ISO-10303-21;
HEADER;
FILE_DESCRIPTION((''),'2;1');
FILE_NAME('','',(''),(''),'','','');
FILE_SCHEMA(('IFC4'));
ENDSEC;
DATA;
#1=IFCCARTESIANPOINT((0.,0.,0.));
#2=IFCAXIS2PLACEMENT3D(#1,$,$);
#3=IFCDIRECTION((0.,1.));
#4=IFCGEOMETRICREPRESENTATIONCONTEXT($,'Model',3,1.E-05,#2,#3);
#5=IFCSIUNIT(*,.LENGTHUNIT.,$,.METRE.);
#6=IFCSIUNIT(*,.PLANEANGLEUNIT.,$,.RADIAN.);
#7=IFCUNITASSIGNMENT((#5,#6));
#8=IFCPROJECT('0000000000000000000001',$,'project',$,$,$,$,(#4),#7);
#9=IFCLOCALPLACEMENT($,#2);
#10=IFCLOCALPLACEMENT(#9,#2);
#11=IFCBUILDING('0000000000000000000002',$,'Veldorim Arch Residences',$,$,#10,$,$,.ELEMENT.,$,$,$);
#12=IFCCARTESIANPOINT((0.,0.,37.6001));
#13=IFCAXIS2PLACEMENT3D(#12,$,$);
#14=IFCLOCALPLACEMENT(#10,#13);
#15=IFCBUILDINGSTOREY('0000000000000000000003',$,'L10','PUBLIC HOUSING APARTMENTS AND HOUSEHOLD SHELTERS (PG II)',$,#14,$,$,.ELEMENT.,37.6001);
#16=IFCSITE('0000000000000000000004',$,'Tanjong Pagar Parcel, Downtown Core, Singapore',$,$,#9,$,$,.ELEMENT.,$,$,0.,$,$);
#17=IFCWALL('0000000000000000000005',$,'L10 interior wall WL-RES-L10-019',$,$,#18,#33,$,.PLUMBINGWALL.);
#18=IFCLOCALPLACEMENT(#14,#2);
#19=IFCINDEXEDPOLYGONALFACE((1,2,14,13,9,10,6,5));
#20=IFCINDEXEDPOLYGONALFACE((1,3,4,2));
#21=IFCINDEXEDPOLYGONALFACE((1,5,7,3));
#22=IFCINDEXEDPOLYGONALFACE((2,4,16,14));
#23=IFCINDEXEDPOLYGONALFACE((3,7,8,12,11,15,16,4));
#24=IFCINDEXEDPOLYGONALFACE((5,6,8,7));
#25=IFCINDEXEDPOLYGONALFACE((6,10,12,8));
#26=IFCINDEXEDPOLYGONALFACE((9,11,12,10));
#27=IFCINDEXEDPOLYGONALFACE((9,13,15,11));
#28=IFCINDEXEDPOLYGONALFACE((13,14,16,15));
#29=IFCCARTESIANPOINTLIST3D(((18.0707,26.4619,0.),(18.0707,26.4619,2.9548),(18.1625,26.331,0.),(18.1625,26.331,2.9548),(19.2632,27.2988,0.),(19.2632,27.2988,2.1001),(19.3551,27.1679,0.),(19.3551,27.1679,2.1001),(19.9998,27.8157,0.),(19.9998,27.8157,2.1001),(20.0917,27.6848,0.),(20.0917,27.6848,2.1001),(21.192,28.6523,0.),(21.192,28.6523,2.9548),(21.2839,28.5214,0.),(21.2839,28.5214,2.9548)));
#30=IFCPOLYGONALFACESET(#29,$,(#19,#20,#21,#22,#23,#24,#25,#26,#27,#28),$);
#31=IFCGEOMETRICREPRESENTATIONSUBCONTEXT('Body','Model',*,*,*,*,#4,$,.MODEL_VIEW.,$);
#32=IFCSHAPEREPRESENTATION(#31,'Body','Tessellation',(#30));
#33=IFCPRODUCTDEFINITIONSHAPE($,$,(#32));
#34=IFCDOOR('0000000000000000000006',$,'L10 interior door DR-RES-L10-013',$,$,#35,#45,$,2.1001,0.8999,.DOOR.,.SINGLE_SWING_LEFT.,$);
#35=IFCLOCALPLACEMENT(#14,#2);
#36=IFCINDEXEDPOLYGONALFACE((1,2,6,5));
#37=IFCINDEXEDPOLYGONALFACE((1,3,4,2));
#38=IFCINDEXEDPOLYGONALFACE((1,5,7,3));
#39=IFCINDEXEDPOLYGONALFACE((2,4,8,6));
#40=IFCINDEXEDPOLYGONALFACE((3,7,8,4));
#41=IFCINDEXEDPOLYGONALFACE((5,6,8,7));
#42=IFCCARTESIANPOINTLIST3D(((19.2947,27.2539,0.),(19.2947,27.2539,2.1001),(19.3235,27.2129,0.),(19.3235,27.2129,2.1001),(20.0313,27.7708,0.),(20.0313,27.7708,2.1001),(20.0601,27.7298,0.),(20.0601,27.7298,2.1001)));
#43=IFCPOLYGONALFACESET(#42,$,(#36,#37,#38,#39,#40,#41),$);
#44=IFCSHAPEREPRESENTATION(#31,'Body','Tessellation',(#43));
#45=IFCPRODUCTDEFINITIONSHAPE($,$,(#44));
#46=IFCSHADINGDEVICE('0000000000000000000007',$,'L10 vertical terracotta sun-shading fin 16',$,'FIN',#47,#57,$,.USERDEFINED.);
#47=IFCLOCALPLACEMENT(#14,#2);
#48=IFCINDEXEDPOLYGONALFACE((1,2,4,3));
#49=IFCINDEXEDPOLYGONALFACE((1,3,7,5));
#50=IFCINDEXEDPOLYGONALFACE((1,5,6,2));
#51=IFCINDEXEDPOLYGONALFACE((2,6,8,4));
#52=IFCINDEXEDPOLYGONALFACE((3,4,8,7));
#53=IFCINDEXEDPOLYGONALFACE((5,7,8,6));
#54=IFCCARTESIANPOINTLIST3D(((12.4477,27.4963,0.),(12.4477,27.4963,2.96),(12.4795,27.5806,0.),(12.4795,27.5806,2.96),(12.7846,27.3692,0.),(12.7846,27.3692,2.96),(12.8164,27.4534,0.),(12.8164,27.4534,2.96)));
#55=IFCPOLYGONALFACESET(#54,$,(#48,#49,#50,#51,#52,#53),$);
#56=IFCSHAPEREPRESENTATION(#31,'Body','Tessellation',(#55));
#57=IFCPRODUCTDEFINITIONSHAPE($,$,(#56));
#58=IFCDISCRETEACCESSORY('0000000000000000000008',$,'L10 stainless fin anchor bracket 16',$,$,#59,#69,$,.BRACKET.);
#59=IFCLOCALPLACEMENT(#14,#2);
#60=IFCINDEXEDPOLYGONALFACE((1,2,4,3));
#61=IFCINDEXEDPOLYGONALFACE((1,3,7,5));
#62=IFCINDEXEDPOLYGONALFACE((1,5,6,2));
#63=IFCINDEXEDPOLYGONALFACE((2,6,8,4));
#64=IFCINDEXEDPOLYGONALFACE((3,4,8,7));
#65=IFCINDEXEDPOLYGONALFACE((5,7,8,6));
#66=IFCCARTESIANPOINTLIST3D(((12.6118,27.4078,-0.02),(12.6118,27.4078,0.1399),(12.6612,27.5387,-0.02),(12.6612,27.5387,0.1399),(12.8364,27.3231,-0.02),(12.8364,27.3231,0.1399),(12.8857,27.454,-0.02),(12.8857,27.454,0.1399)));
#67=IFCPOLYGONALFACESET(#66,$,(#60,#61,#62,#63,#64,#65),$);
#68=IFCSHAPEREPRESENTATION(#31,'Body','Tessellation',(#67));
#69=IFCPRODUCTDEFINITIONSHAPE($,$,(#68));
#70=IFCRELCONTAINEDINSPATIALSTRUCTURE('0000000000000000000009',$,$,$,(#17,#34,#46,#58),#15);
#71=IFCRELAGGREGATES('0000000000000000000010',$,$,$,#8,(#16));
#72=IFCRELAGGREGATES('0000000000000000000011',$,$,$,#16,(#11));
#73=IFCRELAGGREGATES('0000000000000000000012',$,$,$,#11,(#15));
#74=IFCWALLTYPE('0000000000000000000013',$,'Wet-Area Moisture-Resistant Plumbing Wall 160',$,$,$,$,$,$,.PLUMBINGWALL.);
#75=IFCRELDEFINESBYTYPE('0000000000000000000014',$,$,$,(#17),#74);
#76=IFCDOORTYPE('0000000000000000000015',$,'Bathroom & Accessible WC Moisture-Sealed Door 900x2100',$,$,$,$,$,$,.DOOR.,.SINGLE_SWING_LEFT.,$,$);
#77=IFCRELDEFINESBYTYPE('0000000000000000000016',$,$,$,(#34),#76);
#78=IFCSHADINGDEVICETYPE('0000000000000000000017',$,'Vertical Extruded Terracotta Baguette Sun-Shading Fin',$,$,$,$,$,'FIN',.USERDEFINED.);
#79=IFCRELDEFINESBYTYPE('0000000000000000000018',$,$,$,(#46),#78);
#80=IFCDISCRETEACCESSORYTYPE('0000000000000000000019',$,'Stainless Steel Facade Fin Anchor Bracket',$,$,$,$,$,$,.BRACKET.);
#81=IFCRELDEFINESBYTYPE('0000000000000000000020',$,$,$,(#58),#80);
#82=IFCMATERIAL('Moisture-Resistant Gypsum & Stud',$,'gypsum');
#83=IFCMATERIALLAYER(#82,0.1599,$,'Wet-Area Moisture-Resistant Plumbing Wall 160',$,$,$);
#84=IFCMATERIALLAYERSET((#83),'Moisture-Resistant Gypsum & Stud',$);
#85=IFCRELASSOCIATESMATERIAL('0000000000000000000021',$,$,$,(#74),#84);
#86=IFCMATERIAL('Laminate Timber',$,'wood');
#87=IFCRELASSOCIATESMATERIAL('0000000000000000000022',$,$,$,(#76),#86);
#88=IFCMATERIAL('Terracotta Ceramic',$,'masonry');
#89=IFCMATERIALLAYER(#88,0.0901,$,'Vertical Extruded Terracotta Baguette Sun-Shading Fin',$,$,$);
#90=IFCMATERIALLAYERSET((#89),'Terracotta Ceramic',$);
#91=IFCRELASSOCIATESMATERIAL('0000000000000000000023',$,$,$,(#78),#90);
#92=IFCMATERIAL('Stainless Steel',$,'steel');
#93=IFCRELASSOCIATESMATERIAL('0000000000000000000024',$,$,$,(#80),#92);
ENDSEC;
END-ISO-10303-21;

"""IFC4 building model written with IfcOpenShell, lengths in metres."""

from ifc_helpers import new_model, si_unit, direction, frame, frame_2d, origin, origin_2d, place, context, subcontext, project, spatial, rectangle, extrude, material, layer, layer_set, type_object, element, fill, save


model = new_model("IFC4")

# Units and contexts
model_context = context("Model", 3, precision=1e-05, world=origin(), true_north=direction((0.0, 1.0)))
body_context = subcontext(model_context, "Body", "Model", "MODEL_VIEW")
ifc_project = project(units=[si_unit("LENGTHUNIT", "METRE"), si_unit("PLANEANGLEUNIT", "RADIAN")], contexts=[model_context])

# Site, building, storey
site_placement = place(None, origin())
site = spatial("IfcSite", under=ifc_project, at=site_placement, Name="Tanjong Pagar Parcel, Downtown Core, Singapore", CompositionType="ELEMENT", RefElevation=0.0)
building_placement = place(site_placement, origin())
building = spatial("IfcBuilding", under=site, at=building_placement, Name="Veldorim Arch Residences", CompositionType="ELEMENT")
storey_placement = place(building_placement, frame((0.0, 0.0, 37.6001)))
storey = spatial("IfcBuildingStorey", under=building, at=storey_placement, Name="L10", Description="PUBLIC HOUSING APARTMENTS AND HOUSEHOLD SHELTERS (PG II)", CompositionType="ELEMENT", Elevation=37.6001)

# Wall, opening, door
ifc_material_1 = material(Name="Moisture-Resistant Gypsum & Stud", Category="gypsum")
ifc_layer_1 = layer(ifc_material_1, 0.1599, Name="Wet-Area Moisture-Resistant Plumbing Wall 160")
ifc_layer_set_1 = layer_set([ifc_layer_1], Name="Moisture-Resistant Gypsum & Stud")
wall_type_1 = type_object("IfcWallType", Name="Wet-Area Moisture-Resistant Plumbing Wall 160", PredefinedType="PLUMBINGWALL", material=ifc_layer_set_1)
wall_1_placement = place(storey_placement, frame((21.238, 28.5869, 0.0), z_axis=(0.0, 0.0, 1.0), x_axis=(-0.818555, -0.574429, 0.0)))
wall_1 = element("IfcWall", 1, at=wall_1_placement, inside=storey, type_object=wall_type_1, Name="L10 interior wall WL-RES-L10-019", PredefinedType="PLUMBINGWALL", context=body_context, shape_type="SweptSolid", body=[
    extrude(rectangle(XDim=3.8132, YDim=0.1599, at=frame_2d((1.9067, 0.0))), origin(), (0.0, 0.0, 1.0), 2.9548),
])
opening_1_placement = place(wall_1_placement, frame((1.4565, 0.0, 0.0)))
opening_1 = element("IfcOpeningElement", 2, at=opening_1_placement, cuts=wall_1, PredefinedType="OPENING", context=body_context, shape_type="SweptSolid", body=[
    extrude(rectangle(XDim=0.8999, YDim=2.1001, at=frame_2d((0.45, 1.05))), frame((0.0, 0.0898, 0.0), z_axis=(0.0, -1.0, 0.0), x_axis=(1.0, 0.0, 0.0)), (0.0, 0.0, 1.0), 0.1799),
])
ifc_material_2 = material(Name="Laminate Timber", Category="wood")
door_type = type_object("IfcDoorType", Name="Bathroom & Accessible WC Moisture-Sealed Door 900x2100", OperationType="SINGLE_SWING_LEFT", PredefinedType="DOOR", material=ifc_material_2)
door_placement = place(opening_1_placement, origin())
door = element("IfcDoor", 3, at=door_placement, inside=storey, type_object=door_type, Name="L10 interior door DR-RES-L10-013", OperationType="SINGLE_SWING_LEFT", OverallHeight=2.1001, OverallWidth=0.8999, PredefinedType="DOOR", context=body_context, shape_type="SweptSolid", body=[
    extrude(rectangle(XDim=0.8999, YDim=2.1001, at=frame_2d((0.45, 1.05))), frame((0.0, 0.0249, 0.0), z_axis=(0.0, -1.0, 0.0), x_axis=(1.0, 0.0, 0.0)), (0.0, 0.0, 1.0), 0.05),
])
fill(opening_1, door)

# Shading device
ifc_material_3 = material(Name="Terracotta Ceramic", Category="masonry")
ifc_layer_2 = layer(ifc_material_3, 0.0901, Name="Vertical Extruded Terracotta Baguette Sun-Shading Fin")
ifc_layer_set_2 = layer_set([ifc_layer_2], Name="Terracotta Ceramic")
shading_device_type = type_object("IfcShadingDeviceType", Name="Vertical Extruded Terracotta Baguette Sun-Shading Fin", ElementType="FIN", PredefinedType="USERDEFINED", material=ifc_layer_set_2)
shading_device_placement = place(storey_placement, frame((12.6321, 27.4749, 0.0), z_axis=(0.0, 0.0, 1.0), x_axis=(0.352985, 0.935629, 0.0)))
element("IfcShadingDevice", 4, at=shading_device_placement, inside=storey, type_object=shading_device_type, Name="L10 vertical terracotta sun-shading fin 16", ObjectType="FIN", PredefinedType="USERDEFINED", context=body_context, shape_type="SweptSolid", body=[
    extrude(rectangle(XDim=0.0901, YDim=0.3601, at=origin_2d()), origin(), (0.0, 0.0, 1.0), 2.96),
])

# Discrete accessory
ifc_material_4 = material(Name="Stainless Steel", Category="steel")
discrete_accessory_type = type_object("IfcDiscreteAccessoryType", Name="Stainless Steel Facade Fin Anchor Bracket", PredefinedType="BRACKET", material=ifc_material_4)
discrete_accessory_placement = place(storey_placement, frame((12.7488, 27.4309, -0.02), z_axis=(0.0, 0.0, 1.0), x_axis=(0.352985, 0.935629, 0.0)))
element("IfcDiscreteAccessory", 5, at=discrete_accessory_placement, inside=storey, type_object=discrete_accessory_type, Name="L10 stainless fin anchor bracket 16", PredefinedType="BRACKET", context=body_context, shape_type="SweptSolid", body=[
    extrude(rectangle(XDim=0.1399, YDim=0.24, at=origin_2d()), origin(), (0.0, 0.0, 1.0), 0.1599),
])

save(model, "model.ifc")
